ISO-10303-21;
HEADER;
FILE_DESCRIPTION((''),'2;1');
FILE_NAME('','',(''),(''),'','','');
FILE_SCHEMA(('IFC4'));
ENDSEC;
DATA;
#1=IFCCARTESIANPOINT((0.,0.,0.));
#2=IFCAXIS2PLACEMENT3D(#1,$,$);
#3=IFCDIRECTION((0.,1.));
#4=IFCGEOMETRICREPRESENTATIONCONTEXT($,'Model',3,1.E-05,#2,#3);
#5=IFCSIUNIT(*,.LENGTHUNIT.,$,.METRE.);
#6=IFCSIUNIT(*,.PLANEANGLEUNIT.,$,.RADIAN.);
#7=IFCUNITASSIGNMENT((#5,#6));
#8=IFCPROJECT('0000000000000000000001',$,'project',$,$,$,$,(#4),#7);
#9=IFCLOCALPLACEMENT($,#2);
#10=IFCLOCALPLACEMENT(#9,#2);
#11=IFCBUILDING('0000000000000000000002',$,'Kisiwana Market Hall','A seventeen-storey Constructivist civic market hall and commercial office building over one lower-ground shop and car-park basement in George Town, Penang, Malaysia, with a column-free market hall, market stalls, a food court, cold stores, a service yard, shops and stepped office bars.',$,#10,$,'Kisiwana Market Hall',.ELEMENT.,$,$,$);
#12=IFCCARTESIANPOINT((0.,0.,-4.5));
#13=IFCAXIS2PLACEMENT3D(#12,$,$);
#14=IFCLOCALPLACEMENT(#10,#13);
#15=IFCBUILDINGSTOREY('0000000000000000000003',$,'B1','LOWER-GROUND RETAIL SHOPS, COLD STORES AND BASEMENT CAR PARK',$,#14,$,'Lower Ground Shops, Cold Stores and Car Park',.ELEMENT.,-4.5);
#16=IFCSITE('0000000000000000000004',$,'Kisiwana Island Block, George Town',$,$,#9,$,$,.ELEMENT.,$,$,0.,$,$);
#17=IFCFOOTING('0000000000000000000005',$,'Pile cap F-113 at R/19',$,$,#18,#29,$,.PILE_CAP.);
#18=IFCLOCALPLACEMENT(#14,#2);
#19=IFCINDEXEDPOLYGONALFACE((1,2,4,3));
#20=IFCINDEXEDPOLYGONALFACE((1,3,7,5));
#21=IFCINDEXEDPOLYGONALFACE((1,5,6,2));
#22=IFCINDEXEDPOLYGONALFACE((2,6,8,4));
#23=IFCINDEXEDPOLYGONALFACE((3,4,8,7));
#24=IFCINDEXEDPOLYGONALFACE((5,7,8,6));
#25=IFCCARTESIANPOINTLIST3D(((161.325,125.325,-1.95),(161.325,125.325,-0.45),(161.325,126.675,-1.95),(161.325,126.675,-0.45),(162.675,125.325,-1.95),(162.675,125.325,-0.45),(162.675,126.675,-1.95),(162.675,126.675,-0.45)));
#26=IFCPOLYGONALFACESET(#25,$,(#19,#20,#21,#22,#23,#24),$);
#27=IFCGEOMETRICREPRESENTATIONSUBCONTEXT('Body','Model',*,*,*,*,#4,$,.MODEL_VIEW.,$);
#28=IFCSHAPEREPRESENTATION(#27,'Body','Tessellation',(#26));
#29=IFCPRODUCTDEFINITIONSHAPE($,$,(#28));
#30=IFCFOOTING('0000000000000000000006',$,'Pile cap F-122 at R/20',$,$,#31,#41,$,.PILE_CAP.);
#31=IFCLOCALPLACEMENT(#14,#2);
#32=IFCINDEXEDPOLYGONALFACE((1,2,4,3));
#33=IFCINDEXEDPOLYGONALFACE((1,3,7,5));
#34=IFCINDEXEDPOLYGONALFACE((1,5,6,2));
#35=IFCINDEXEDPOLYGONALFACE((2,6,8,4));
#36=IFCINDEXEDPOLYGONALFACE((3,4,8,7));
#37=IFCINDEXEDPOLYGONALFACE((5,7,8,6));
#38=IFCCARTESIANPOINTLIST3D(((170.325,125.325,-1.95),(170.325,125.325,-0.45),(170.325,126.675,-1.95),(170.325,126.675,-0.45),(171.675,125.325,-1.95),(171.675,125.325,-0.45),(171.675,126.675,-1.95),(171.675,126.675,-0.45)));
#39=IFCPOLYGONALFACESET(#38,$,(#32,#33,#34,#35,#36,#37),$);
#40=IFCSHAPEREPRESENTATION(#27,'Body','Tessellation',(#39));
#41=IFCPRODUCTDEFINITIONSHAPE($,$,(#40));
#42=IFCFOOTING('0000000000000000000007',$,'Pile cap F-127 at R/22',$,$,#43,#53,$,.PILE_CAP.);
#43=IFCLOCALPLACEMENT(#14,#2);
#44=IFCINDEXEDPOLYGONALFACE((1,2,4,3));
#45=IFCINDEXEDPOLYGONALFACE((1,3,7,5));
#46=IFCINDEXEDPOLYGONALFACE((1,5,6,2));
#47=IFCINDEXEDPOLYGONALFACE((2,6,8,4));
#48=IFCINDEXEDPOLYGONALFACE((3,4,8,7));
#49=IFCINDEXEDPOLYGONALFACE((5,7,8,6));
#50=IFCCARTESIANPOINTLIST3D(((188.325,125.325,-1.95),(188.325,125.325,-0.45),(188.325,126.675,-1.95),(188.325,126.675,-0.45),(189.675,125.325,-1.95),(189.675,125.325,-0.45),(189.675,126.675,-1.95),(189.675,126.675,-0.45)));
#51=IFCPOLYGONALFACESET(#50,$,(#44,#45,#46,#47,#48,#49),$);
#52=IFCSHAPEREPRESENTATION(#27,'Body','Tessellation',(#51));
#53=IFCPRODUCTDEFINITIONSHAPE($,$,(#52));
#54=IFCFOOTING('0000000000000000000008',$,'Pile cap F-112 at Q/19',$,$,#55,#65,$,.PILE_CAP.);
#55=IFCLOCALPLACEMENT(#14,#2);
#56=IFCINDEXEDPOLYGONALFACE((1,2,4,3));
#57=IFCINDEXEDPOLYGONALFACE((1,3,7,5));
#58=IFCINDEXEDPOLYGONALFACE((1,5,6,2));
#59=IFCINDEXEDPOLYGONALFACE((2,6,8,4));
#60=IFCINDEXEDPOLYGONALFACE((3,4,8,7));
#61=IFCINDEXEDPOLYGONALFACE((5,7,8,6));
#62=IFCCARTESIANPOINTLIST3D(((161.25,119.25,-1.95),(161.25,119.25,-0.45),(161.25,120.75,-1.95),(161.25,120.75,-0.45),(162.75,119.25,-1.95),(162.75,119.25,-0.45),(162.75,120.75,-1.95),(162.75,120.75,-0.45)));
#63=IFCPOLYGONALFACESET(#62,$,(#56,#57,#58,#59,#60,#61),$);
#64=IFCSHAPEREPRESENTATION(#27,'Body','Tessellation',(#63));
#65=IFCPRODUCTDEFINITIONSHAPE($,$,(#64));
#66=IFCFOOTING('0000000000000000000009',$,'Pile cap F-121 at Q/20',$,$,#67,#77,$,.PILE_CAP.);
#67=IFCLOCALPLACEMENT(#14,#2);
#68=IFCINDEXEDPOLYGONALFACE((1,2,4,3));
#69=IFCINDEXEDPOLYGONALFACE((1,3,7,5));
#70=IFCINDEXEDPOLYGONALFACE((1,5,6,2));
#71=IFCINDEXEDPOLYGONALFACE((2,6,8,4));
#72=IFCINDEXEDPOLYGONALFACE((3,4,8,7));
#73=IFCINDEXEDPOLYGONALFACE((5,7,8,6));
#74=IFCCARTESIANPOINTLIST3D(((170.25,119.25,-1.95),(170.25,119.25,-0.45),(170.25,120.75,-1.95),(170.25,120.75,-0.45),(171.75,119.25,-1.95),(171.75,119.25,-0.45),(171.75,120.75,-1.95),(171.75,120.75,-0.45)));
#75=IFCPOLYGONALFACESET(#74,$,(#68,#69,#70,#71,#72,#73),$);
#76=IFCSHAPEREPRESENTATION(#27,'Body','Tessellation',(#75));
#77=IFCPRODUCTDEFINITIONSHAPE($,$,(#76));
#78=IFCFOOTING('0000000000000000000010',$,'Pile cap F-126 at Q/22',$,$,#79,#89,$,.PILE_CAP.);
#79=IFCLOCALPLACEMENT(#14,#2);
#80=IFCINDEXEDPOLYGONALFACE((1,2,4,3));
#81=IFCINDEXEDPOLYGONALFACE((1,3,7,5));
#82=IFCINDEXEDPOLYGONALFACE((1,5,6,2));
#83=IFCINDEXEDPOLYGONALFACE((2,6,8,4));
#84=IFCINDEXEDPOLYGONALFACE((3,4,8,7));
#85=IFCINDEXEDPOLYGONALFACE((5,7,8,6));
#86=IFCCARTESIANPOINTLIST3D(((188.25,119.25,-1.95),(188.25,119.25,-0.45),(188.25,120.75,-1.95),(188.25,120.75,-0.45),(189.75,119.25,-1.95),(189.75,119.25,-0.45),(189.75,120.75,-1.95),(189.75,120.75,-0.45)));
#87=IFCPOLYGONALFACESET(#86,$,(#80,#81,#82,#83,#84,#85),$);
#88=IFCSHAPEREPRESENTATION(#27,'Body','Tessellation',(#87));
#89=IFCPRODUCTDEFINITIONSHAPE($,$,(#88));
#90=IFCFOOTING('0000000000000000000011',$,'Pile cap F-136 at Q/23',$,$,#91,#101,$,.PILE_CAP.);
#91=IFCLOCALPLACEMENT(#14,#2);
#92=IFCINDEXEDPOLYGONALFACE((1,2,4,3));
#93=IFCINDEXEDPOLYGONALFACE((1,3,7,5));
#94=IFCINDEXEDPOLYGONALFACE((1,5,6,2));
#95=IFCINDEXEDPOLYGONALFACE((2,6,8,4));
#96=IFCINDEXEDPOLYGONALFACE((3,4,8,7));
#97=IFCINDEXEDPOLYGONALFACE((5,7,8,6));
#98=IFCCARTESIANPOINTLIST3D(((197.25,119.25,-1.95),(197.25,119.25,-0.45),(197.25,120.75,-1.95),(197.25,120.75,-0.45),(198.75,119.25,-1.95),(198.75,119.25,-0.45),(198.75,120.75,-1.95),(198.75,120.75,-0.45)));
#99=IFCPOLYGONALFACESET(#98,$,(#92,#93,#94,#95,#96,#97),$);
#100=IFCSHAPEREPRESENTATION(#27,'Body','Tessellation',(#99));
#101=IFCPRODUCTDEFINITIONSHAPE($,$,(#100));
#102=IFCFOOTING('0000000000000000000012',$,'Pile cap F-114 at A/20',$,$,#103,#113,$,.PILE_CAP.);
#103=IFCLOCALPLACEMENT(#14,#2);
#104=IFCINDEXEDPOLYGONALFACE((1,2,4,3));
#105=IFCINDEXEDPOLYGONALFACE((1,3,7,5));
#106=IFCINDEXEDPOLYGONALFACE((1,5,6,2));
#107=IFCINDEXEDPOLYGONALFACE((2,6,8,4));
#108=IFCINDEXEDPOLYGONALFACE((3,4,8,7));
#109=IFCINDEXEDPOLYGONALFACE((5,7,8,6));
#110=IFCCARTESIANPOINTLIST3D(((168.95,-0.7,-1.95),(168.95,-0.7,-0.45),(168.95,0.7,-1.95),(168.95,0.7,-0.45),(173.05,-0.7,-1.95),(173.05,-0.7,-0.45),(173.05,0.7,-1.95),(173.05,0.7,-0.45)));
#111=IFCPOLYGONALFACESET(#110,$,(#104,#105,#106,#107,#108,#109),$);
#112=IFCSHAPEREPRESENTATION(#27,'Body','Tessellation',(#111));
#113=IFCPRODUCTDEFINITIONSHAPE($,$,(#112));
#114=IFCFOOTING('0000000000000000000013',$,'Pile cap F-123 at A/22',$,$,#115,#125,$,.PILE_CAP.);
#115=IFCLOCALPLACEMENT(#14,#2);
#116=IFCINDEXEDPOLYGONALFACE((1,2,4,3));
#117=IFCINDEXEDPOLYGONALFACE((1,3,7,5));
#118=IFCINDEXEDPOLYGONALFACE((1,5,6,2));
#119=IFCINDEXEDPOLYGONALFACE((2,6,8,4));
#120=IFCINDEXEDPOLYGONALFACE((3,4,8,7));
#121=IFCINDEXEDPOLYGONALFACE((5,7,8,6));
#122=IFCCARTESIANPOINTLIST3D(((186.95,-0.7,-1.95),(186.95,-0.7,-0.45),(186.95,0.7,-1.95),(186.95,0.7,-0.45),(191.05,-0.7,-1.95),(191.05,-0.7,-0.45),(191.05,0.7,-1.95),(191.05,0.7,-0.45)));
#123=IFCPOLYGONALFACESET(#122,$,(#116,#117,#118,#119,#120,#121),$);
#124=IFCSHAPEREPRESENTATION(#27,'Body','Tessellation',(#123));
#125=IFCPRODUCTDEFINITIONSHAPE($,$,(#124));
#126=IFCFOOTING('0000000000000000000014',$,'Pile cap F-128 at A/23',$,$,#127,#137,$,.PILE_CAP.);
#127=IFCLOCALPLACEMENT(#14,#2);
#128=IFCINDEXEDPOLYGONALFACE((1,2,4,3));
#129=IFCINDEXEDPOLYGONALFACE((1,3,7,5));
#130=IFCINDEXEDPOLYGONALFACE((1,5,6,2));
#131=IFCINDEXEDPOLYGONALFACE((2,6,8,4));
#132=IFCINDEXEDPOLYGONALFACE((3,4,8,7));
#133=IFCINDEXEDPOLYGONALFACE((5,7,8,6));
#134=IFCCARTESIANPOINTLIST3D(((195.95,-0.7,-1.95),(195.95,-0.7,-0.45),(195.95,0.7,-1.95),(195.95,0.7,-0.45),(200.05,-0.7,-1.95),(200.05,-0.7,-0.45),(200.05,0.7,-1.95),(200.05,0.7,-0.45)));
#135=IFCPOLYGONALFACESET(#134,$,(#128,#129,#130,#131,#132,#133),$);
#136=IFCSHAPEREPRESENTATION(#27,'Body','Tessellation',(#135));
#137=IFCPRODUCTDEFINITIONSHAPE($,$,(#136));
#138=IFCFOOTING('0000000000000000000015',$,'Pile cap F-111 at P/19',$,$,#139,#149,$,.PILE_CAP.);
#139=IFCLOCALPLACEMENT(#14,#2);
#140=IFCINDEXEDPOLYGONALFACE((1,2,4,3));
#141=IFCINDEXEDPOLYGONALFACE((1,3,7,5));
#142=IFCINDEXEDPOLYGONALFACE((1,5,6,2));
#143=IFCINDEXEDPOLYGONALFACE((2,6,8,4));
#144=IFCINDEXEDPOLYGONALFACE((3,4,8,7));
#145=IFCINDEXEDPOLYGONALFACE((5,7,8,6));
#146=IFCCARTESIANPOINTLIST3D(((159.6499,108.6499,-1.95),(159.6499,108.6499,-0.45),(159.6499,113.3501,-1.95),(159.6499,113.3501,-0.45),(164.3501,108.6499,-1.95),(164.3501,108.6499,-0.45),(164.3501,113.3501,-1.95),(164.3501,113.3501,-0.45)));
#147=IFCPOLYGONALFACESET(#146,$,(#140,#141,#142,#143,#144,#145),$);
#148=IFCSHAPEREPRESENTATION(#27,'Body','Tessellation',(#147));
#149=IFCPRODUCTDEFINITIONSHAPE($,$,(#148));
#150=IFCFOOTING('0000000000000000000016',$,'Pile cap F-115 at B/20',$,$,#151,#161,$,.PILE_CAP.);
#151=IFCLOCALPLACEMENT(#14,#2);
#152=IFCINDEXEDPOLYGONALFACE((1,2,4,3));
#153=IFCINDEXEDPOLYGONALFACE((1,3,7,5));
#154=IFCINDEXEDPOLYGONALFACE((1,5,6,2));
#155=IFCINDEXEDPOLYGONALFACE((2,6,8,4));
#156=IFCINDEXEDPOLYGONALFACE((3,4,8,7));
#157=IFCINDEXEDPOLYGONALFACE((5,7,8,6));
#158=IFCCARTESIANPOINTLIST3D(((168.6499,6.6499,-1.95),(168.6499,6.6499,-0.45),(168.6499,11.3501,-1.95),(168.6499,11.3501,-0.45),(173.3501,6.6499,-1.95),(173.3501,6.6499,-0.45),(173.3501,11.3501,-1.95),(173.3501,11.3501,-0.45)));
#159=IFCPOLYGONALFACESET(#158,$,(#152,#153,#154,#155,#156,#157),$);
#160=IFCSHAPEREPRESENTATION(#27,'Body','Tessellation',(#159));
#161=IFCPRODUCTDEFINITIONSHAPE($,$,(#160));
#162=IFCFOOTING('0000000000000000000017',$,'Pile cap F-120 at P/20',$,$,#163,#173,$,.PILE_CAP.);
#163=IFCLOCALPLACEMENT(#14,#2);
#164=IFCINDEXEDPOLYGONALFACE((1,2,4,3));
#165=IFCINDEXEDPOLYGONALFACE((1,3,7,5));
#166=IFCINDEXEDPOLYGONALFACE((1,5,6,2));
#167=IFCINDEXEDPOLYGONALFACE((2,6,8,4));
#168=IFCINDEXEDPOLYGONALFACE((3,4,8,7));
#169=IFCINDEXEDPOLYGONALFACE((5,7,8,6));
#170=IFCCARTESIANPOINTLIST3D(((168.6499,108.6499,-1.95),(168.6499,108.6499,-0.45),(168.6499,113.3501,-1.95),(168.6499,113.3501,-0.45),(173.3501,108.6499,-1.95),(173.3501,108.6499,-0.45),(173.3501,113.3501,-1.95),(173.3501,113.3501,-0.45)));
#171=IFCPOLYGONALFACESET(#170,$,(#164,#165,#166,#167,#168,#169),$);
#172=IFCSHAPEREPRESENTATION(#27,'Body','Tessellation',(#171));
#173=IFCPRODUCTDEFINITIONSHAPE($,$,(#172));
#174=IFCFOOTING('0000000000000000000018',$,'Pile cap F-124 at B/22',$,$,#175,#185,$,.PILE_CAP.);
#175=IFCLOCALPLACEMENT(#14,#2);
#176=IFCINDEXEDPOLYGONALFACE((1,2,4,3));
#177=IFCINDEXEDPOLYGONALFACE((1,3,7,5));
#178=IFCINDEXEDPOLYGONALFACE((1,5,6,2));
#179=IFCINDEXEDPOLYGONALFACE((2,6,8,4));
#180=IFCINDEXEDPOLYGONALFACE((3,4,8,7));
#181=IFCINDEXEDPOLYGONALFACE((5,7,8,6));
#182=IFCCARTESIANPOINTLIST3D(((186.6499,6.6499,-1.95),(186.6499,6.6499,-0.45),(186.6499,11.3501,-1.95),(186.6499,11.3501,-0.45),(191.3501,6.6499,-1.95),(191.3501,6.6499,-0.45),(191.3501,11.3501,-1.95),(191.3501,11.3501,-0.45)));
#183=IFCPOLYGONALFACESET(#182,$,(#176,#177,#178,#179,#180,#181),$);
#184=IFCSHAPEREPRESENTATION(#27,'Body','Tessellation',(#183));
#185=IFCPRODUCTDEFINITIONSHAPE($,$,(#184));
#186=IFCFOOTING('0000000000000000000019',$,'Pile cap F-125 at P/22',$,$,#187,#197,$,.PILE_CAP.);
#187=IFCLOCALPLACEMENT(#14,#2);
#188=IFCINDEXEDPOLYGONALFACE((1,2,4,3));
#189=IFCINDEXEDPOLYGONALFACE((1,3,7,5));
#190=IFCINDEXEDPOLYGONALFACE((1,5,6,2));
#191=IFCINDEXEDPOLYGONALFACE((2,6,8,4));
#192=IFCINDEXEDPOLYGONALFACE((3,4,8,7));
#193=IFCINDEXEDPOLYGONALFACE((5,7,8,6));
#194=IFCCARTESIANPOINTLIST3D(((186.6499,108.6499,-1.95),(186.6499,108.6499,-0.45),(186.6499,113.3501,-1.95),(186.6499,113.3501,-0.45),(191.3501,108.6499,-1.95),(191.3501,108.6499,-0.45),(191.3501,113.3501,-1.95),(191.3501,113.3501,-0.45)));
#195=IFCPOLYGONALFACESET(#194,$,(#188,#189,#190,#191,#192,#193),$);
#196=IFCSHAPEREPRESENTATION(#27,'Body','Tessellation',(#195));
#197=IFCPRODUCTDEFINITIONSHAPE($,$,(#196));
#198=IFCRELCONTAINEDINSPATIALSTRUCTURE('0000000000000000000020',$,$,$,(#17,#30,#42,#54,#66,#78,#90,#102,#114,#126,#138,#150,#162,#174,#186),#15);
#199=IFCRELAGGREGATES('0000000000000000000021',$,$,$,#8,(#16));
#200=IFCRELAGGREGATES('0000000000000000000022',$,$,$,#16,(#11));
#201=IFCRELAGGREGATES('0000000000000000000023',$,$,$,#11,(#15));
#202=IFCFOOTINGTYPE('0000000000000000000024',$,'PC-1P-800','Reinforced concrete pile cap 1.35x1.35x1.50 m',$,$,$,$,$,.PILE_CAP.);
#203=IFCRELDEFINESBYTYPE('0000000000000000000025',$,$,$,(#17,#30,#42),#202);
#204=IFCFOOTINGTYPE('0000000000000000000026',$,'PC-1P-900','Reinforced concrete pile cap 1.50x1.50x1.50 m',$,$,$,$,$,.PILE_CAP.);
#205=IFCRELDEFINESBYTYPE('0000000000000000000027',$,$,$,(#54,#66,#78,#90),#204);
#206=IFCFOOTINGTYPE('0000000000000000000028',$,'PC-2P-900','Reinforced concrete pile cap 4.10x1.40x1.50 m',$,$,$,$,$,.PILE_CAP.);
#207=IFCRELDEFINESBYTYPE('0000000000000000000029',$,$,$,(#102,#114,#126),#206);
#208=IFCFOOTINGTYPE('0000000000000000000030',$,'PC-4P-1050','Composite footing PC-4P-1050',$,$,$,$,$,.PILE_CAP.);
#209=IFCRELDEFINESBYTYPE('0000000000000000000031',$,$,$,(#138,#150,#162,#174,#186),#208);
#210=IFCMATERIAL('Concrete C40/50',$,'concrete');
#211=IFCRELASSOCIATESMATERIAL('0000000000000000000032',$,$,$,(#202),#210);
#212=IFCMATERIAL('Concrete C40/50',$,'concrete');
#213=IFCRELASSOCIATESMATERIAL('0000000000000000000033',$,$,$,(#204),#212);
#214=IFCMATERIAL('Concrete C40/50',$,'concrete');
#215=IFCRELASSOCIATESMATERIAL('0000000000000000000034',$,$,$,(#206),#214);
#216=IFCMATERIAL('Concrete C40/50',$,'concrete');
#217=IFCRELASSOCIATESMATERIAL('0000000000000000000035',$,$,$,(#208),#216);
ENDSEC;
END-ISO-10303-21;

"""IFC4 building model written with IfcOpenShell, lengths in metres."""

from ifc_helpers import new_model, si_unit, direction, frame, origin, place, context, subcontext, project, spatial, polyline, outline, extrude, material, type_object, element, save


model = new_model("IFC4")

# Units and contexts
model_context = context("Model", 3, precision=1e-05, world=origin(), true_north=direction((0.0, 1.0)))
body_context = subcontext(model_context, "Body", "Model", "MODEL_VIEW")
ifc_project = project(units=[si_unit("LENGTHUNIT", "METRE"), si_unit("PLANEANGLEUNIT", "RADIAN")], contexts=[model_context])

# Site, building, storey
site_placement = place(None, origin())
site = spatial("IfcSite", under=ifc_project, at=site_placement, Name="Kisiwana Island Block, George Town", CompositionType="ELEMENT", RefElevation=0.0)
building_placement = place(site_placement, origin())
building = spatial("IfcBuilding", under=site, at=building_placement, Name="Kisiwana Market Hall", Description="A seventeen-storey Constructivist civic market hall and commercial office building over one lower-ground shop and car-park basement in George Town, Penang, Malaysia, with a column-free market hall, market stalls, a food court, cold stores, a service yard, shops and stepped office bars.", LongName="Kisiwana Market Hall", CompositionType="ELEMENT")
storey_placement = place(building_placement, frame((0.0, 0.0, -4.5)))
storey = spatial("IfcBuildingStorey", under=building, at=storey_placement, Name="B1", Description="LOWER-GROUND RETAIL SHOPS, COLD STORES AND BASEMENT CAR PARK", LongName="Lower Ground Shops, Cold Stores and Car Park", CompositionType="ELEMENT", Elevation=-4.5)

# Footings
ifc_material_1 = material(Name="Concrete C40/50", Category="concrete")
footing_type_1 = type_object("IfcFootingType", Name="PC-1P-800", Description="Reinforced concrete pile cap 1.35x1.35x1.50 m", PredefinedType="PILE_CAP", material=ifc_material_1)
footing_1_placement = place(storey_placement, frame((0.0, 0.0, -1.95)))
element("IfcFooting", 1, at=footing_1_placement, inside=storey, type_object=footing_type_1, Name="Pile cap F-113 at R/19", PredefinedType="PILE_CAP", context=body_context, shape_type="SweptSolid", body=[
    extrude(outline(polyline([(161.325, 125.325), (162.675, 125.325), (162.675, 126.675), (161.325, 126.675), (161.325, 125.325)])), origin(), (0.0, 0.0, 1.0), 1.5),
])
footing_2_placement = place(storey_placement, frame((0.0, 0.0, -1.95)))
element("IfcFooting", 2, at=footing_2_placement, inside=storey, type_object=footing_type_1, Name="Pile cap F-122 at R/20", PredefinedType="PILE_CAP", context=body_context, shape_type="SweptSolid", body=[
    extrude(outline(polyline([(170.325, 125.325), (171.675, 125.325), (171.675, 126.675), (170.325, 126.675), (170.325, 125.325)])), origin(), (0.0, 0.0, 1.0), 1.5),
])
footing_3_placement = place(storey_placement, frame((0.0, 0.0, -1.95)))
element("IfcFooting", 3, at=footing_3_placement, inside=storey, type_object=footing_type_1, Name="Pile cap F-127 at R/22", PredefinedType="PILE_CAP", context=body_context, shape_type="SweptSolid", body=[
    extrude(outline(polyline([(188.325, 125.325), (189.675, 125.325), (189.675, 126.675), (188.325, 126.675), (188.325, 125.325)])), origin(), (0.0, 0.0, 1.0), 1.5),
])
ifc_material_2 = material(Name="Concrete C40/50", Category="concrete")
footing_type_2 = type_object("IfcFootingType", Name="PC-1P-900", Description="Reinforced concrete pile cap 1.50x1.50x1.50 m", PredefinedType="PILE_CAP", material=ifc_material_2)
footing_4_placement = place(storey_placement, frame((0.0, 0.0, -1.95)))
element("IfcFooting", 4, at=footing_4_placement, inside=storey, type_object=footing_type_2, Name="Pile cap F-112 at Q/19", PredefinedType="PILE_CAP", context=body_context, shape_type="SweptSolid", body=[
    extrude(outline(polyline([(161.25, 119.25), (162.75, 119.25), (162.75, 120.75), (161.25, 120.75), (161.25, 119.25)])), origin(), (0.0, 0.0, 1.0), 1.5),
])
footing_5_placement = place(storey_placement, frame((0.0, 0.0, -1.95)))
element("IfcFooting", 5, at=footing_5_placement, inside=storey, type_object=footing_type_2, Name="Pile cap F-121 at Q/20", PredefinedType="PILE_CAP", context=body_context, shape_type="SweptSolid", body=[
    extrude(outline(polyline([(170.25, 119.25), (171.75, 119.25), (171.75, 120.75), (170.25, 120.75), (170.25, 119.25)])), origin(), (0.0, 0.0, 1.0), 1.5),
])
footing_6_placement = place(storey_placement, frame((0.0, 0.0, -1.95)))
element("IfcFooting", 6, at=footing_6_placement, inside=storey, type_object=footing_type_2, Name="Pile cap F-126 at Q/22", PredefinedType="PILE_CAP", context=body_context, shape_type="SweptSolid", body=[
    extrude(outline(polyline([(188.25, 119.25), (189.75, 119.25), (189.75, 120.75), (188.25, 120.75), (188.25, 119.25)])), origin(), (0.0, 0.0, 1.0), 1.5),
])
footing_7_placement = place(storey_placement, frame((0.0, 0.0, -1.95)))
element("IfcFooting", 7, at=footing_7_placement, inside=storey, type_object=footing_type_2, Name="Pile cap F-136 at Q/23", PredefinedType="PILE_CAP", context=body_context, shape_type="SweptSolid", body=[
    extrude(outline(polyline([(197.25, 119.25), (198.75, 119.25), (198.75, 120.75), (197.25, 120.75), (197.25, 119.25)])), origin(), (0.0, 0.0, 1.0), 1.5),
])
ifc_material_3 = material(Name="Concrete C40/50", Category="concrete")
footing_type_3 = type_object("IfcFootingType", Name="PC-2P-900", Description="Reinforced concrete pile cap 4.10x1.40x1.50 m", PredefinedType="PILE_CAP", material=ifc_material_3)
footing_8_placement = place(storey_placement, frame((0.0, 0.0, -1.95)))
element("IfcFooting", 8, at=footing_8_placement, inside=storey, type_object=footing_type_3, Name="Pile cap F-114 at A/20", PredefinedType="PILE_CAP", context=body_context, shape_type="SweptSolid", body=[
    extrude(outline(polyline([(168.95, -0.7), (173.05, -0.7), (173.05, 0.7), (168.95, 0.7), (168.95, -0.7)])), origin(), (0.0, 0.0, 1.0), 1.5),
])
footing_9_placement = place(storey_placement, frame((0.0, 0.0, -1.95)))
element("IfcFooting", 9, at=footing_9_placement, inside=storey, type_object=footing_type_3, Name="Pile cap F-123 at A/22", PredefinedType="PILE_CAP", context=body_context, shape_type="SweptSolid", body=[
    extrude(outline(polyline([(186.95, -0.7), (191.05, -0.7), (191.05, 0.7), (186.95, 0.7), (186.95, -0.7)])), origin(), (0.0, 0.0, 1.0), 1.5),
])
footing_10_placement = place(storey_placement, frame((0.0, 0.0, -1.95)))
element("IfcFooting", 10, at=footing_10_placement, inside=storey, type_object=footing_type_3, Name="Pile cap F-128 at A/23", PredefinedType="PILE_CAP", context=body_context, shape_type="SweptSolid", body=[
    extrude(outline(polyline([(195.95, -0.7), (200.05, -0.7), (200.05, 0.7), (195.95, 0.7), (195.95, -0.7)])), origin(), (0.0, 0.0, 1.0), 1.5),
])
ifc_material_4 = material(Name="Concrete C40/50", Category="concrete")
footing_type_4 = type_object("IfcFootingType", Name="PC-4P-1050", Description="Composite footing PC-4P-1050", PredefinedType="PILE_CAP", material=ifc_material_4)
footing_11_placement = place(storey_placement, frame((0.0, 0.0, -1.95)))
element("IfcFooting", 11, at=footing_11_placement, inside=storey, type_object=footing_type_4, Name="Pile cap F-111 at P/19", PredefinedType="PILE_CAP", context=body_context, shape_type="SweptSolid", body=[
    extrude(outline(polyline([(159.6499, 108.6499), (164.3501, 108.6499), (164.3501, 113.3501), (159.6499, 113.3501), (159.6499, 108.6499)])), origin(), (0.0, 0.0, 1.0), 1.5),
])
footing_12_placement = place(storey_placement, frame((0.0, 0.0, -1.95)))
element("IfcFooting", 12, at=footing_12_placement, inside=storey, type_object=footing_type_4, Name="Pile cap F-115 at B/20", PredefinedType="PILE_CAP", context=body_context, shape_type="SweptSolid", body=[
    extrude(outline(polyline([(168.6499, 6.6499), (173.3501, 6.6499), (173.3501, 11.3501), (168.6499, 11.3501), (168.6499, 6.6499)])), origin(), (0.0, 0.0, 1.0), 1.5),
])
footing_13_placement = place(storey_placement, frame((0.0, 0.0, -1.95)))
element("IfcFooting", 13, at=footing_13_placement, inside=storey, type_object=footing_type_4, Name="Pile cap F-120 at P/20", PredefinedType="PILE_CAP", context=body_context, shape_type="SweptSolid", body=[
    extrude(outline(polyline([(168.6499, 108.6499), (173.3501, 108.6499), (173.3501, 113.3501), (168.6499, 113.3501), (168.6499, 108.6499)])), origin(), (0.0, 0.0, 1.0), 1.5),
])
footing_14_placement = place(storey_placement, frame((0.0, 0.0, -1.95)))
element("IfcFooting", 14, at=footing_14_placement, inside=storey, type_object=footing_type_4, Name="Pile cap F-124 at B/22", PredefinedType="PILE_CAP", context=body_context, shape_type="SweptSolid", body=[
    extrude(outline(polyline([(186.6499, 6.6499), (191.3501, 6.6499), (191.3501, 11.3501), (186.6499, 11.3501), (186.6499, 6.6499)])), origin(), (0.0, 0.0, 1.0), 1.5),
])
footing_15_placement = place(storey_placement, frame((0.0, 0.0, -1.95)))
element("IfcFooting", 15, at=footing_15_placement, inside=storey, type_object=footing_type_4, Name="Pile cap F-125 at P/22", PredefinedType="PILE_CAP", context=body_context, shape_type="SweptSolid", body=[
    extrude(outline(polyline([(186.6499, 108.6499), (191.3501, 108.6499), (191.3501, 113.3501), (186.6499, 113.3501), (186.6499, 108.6499)])), origin(), (0.0, 0.0, 1.0), 1.5),
])

save(model, "model.ifc")
